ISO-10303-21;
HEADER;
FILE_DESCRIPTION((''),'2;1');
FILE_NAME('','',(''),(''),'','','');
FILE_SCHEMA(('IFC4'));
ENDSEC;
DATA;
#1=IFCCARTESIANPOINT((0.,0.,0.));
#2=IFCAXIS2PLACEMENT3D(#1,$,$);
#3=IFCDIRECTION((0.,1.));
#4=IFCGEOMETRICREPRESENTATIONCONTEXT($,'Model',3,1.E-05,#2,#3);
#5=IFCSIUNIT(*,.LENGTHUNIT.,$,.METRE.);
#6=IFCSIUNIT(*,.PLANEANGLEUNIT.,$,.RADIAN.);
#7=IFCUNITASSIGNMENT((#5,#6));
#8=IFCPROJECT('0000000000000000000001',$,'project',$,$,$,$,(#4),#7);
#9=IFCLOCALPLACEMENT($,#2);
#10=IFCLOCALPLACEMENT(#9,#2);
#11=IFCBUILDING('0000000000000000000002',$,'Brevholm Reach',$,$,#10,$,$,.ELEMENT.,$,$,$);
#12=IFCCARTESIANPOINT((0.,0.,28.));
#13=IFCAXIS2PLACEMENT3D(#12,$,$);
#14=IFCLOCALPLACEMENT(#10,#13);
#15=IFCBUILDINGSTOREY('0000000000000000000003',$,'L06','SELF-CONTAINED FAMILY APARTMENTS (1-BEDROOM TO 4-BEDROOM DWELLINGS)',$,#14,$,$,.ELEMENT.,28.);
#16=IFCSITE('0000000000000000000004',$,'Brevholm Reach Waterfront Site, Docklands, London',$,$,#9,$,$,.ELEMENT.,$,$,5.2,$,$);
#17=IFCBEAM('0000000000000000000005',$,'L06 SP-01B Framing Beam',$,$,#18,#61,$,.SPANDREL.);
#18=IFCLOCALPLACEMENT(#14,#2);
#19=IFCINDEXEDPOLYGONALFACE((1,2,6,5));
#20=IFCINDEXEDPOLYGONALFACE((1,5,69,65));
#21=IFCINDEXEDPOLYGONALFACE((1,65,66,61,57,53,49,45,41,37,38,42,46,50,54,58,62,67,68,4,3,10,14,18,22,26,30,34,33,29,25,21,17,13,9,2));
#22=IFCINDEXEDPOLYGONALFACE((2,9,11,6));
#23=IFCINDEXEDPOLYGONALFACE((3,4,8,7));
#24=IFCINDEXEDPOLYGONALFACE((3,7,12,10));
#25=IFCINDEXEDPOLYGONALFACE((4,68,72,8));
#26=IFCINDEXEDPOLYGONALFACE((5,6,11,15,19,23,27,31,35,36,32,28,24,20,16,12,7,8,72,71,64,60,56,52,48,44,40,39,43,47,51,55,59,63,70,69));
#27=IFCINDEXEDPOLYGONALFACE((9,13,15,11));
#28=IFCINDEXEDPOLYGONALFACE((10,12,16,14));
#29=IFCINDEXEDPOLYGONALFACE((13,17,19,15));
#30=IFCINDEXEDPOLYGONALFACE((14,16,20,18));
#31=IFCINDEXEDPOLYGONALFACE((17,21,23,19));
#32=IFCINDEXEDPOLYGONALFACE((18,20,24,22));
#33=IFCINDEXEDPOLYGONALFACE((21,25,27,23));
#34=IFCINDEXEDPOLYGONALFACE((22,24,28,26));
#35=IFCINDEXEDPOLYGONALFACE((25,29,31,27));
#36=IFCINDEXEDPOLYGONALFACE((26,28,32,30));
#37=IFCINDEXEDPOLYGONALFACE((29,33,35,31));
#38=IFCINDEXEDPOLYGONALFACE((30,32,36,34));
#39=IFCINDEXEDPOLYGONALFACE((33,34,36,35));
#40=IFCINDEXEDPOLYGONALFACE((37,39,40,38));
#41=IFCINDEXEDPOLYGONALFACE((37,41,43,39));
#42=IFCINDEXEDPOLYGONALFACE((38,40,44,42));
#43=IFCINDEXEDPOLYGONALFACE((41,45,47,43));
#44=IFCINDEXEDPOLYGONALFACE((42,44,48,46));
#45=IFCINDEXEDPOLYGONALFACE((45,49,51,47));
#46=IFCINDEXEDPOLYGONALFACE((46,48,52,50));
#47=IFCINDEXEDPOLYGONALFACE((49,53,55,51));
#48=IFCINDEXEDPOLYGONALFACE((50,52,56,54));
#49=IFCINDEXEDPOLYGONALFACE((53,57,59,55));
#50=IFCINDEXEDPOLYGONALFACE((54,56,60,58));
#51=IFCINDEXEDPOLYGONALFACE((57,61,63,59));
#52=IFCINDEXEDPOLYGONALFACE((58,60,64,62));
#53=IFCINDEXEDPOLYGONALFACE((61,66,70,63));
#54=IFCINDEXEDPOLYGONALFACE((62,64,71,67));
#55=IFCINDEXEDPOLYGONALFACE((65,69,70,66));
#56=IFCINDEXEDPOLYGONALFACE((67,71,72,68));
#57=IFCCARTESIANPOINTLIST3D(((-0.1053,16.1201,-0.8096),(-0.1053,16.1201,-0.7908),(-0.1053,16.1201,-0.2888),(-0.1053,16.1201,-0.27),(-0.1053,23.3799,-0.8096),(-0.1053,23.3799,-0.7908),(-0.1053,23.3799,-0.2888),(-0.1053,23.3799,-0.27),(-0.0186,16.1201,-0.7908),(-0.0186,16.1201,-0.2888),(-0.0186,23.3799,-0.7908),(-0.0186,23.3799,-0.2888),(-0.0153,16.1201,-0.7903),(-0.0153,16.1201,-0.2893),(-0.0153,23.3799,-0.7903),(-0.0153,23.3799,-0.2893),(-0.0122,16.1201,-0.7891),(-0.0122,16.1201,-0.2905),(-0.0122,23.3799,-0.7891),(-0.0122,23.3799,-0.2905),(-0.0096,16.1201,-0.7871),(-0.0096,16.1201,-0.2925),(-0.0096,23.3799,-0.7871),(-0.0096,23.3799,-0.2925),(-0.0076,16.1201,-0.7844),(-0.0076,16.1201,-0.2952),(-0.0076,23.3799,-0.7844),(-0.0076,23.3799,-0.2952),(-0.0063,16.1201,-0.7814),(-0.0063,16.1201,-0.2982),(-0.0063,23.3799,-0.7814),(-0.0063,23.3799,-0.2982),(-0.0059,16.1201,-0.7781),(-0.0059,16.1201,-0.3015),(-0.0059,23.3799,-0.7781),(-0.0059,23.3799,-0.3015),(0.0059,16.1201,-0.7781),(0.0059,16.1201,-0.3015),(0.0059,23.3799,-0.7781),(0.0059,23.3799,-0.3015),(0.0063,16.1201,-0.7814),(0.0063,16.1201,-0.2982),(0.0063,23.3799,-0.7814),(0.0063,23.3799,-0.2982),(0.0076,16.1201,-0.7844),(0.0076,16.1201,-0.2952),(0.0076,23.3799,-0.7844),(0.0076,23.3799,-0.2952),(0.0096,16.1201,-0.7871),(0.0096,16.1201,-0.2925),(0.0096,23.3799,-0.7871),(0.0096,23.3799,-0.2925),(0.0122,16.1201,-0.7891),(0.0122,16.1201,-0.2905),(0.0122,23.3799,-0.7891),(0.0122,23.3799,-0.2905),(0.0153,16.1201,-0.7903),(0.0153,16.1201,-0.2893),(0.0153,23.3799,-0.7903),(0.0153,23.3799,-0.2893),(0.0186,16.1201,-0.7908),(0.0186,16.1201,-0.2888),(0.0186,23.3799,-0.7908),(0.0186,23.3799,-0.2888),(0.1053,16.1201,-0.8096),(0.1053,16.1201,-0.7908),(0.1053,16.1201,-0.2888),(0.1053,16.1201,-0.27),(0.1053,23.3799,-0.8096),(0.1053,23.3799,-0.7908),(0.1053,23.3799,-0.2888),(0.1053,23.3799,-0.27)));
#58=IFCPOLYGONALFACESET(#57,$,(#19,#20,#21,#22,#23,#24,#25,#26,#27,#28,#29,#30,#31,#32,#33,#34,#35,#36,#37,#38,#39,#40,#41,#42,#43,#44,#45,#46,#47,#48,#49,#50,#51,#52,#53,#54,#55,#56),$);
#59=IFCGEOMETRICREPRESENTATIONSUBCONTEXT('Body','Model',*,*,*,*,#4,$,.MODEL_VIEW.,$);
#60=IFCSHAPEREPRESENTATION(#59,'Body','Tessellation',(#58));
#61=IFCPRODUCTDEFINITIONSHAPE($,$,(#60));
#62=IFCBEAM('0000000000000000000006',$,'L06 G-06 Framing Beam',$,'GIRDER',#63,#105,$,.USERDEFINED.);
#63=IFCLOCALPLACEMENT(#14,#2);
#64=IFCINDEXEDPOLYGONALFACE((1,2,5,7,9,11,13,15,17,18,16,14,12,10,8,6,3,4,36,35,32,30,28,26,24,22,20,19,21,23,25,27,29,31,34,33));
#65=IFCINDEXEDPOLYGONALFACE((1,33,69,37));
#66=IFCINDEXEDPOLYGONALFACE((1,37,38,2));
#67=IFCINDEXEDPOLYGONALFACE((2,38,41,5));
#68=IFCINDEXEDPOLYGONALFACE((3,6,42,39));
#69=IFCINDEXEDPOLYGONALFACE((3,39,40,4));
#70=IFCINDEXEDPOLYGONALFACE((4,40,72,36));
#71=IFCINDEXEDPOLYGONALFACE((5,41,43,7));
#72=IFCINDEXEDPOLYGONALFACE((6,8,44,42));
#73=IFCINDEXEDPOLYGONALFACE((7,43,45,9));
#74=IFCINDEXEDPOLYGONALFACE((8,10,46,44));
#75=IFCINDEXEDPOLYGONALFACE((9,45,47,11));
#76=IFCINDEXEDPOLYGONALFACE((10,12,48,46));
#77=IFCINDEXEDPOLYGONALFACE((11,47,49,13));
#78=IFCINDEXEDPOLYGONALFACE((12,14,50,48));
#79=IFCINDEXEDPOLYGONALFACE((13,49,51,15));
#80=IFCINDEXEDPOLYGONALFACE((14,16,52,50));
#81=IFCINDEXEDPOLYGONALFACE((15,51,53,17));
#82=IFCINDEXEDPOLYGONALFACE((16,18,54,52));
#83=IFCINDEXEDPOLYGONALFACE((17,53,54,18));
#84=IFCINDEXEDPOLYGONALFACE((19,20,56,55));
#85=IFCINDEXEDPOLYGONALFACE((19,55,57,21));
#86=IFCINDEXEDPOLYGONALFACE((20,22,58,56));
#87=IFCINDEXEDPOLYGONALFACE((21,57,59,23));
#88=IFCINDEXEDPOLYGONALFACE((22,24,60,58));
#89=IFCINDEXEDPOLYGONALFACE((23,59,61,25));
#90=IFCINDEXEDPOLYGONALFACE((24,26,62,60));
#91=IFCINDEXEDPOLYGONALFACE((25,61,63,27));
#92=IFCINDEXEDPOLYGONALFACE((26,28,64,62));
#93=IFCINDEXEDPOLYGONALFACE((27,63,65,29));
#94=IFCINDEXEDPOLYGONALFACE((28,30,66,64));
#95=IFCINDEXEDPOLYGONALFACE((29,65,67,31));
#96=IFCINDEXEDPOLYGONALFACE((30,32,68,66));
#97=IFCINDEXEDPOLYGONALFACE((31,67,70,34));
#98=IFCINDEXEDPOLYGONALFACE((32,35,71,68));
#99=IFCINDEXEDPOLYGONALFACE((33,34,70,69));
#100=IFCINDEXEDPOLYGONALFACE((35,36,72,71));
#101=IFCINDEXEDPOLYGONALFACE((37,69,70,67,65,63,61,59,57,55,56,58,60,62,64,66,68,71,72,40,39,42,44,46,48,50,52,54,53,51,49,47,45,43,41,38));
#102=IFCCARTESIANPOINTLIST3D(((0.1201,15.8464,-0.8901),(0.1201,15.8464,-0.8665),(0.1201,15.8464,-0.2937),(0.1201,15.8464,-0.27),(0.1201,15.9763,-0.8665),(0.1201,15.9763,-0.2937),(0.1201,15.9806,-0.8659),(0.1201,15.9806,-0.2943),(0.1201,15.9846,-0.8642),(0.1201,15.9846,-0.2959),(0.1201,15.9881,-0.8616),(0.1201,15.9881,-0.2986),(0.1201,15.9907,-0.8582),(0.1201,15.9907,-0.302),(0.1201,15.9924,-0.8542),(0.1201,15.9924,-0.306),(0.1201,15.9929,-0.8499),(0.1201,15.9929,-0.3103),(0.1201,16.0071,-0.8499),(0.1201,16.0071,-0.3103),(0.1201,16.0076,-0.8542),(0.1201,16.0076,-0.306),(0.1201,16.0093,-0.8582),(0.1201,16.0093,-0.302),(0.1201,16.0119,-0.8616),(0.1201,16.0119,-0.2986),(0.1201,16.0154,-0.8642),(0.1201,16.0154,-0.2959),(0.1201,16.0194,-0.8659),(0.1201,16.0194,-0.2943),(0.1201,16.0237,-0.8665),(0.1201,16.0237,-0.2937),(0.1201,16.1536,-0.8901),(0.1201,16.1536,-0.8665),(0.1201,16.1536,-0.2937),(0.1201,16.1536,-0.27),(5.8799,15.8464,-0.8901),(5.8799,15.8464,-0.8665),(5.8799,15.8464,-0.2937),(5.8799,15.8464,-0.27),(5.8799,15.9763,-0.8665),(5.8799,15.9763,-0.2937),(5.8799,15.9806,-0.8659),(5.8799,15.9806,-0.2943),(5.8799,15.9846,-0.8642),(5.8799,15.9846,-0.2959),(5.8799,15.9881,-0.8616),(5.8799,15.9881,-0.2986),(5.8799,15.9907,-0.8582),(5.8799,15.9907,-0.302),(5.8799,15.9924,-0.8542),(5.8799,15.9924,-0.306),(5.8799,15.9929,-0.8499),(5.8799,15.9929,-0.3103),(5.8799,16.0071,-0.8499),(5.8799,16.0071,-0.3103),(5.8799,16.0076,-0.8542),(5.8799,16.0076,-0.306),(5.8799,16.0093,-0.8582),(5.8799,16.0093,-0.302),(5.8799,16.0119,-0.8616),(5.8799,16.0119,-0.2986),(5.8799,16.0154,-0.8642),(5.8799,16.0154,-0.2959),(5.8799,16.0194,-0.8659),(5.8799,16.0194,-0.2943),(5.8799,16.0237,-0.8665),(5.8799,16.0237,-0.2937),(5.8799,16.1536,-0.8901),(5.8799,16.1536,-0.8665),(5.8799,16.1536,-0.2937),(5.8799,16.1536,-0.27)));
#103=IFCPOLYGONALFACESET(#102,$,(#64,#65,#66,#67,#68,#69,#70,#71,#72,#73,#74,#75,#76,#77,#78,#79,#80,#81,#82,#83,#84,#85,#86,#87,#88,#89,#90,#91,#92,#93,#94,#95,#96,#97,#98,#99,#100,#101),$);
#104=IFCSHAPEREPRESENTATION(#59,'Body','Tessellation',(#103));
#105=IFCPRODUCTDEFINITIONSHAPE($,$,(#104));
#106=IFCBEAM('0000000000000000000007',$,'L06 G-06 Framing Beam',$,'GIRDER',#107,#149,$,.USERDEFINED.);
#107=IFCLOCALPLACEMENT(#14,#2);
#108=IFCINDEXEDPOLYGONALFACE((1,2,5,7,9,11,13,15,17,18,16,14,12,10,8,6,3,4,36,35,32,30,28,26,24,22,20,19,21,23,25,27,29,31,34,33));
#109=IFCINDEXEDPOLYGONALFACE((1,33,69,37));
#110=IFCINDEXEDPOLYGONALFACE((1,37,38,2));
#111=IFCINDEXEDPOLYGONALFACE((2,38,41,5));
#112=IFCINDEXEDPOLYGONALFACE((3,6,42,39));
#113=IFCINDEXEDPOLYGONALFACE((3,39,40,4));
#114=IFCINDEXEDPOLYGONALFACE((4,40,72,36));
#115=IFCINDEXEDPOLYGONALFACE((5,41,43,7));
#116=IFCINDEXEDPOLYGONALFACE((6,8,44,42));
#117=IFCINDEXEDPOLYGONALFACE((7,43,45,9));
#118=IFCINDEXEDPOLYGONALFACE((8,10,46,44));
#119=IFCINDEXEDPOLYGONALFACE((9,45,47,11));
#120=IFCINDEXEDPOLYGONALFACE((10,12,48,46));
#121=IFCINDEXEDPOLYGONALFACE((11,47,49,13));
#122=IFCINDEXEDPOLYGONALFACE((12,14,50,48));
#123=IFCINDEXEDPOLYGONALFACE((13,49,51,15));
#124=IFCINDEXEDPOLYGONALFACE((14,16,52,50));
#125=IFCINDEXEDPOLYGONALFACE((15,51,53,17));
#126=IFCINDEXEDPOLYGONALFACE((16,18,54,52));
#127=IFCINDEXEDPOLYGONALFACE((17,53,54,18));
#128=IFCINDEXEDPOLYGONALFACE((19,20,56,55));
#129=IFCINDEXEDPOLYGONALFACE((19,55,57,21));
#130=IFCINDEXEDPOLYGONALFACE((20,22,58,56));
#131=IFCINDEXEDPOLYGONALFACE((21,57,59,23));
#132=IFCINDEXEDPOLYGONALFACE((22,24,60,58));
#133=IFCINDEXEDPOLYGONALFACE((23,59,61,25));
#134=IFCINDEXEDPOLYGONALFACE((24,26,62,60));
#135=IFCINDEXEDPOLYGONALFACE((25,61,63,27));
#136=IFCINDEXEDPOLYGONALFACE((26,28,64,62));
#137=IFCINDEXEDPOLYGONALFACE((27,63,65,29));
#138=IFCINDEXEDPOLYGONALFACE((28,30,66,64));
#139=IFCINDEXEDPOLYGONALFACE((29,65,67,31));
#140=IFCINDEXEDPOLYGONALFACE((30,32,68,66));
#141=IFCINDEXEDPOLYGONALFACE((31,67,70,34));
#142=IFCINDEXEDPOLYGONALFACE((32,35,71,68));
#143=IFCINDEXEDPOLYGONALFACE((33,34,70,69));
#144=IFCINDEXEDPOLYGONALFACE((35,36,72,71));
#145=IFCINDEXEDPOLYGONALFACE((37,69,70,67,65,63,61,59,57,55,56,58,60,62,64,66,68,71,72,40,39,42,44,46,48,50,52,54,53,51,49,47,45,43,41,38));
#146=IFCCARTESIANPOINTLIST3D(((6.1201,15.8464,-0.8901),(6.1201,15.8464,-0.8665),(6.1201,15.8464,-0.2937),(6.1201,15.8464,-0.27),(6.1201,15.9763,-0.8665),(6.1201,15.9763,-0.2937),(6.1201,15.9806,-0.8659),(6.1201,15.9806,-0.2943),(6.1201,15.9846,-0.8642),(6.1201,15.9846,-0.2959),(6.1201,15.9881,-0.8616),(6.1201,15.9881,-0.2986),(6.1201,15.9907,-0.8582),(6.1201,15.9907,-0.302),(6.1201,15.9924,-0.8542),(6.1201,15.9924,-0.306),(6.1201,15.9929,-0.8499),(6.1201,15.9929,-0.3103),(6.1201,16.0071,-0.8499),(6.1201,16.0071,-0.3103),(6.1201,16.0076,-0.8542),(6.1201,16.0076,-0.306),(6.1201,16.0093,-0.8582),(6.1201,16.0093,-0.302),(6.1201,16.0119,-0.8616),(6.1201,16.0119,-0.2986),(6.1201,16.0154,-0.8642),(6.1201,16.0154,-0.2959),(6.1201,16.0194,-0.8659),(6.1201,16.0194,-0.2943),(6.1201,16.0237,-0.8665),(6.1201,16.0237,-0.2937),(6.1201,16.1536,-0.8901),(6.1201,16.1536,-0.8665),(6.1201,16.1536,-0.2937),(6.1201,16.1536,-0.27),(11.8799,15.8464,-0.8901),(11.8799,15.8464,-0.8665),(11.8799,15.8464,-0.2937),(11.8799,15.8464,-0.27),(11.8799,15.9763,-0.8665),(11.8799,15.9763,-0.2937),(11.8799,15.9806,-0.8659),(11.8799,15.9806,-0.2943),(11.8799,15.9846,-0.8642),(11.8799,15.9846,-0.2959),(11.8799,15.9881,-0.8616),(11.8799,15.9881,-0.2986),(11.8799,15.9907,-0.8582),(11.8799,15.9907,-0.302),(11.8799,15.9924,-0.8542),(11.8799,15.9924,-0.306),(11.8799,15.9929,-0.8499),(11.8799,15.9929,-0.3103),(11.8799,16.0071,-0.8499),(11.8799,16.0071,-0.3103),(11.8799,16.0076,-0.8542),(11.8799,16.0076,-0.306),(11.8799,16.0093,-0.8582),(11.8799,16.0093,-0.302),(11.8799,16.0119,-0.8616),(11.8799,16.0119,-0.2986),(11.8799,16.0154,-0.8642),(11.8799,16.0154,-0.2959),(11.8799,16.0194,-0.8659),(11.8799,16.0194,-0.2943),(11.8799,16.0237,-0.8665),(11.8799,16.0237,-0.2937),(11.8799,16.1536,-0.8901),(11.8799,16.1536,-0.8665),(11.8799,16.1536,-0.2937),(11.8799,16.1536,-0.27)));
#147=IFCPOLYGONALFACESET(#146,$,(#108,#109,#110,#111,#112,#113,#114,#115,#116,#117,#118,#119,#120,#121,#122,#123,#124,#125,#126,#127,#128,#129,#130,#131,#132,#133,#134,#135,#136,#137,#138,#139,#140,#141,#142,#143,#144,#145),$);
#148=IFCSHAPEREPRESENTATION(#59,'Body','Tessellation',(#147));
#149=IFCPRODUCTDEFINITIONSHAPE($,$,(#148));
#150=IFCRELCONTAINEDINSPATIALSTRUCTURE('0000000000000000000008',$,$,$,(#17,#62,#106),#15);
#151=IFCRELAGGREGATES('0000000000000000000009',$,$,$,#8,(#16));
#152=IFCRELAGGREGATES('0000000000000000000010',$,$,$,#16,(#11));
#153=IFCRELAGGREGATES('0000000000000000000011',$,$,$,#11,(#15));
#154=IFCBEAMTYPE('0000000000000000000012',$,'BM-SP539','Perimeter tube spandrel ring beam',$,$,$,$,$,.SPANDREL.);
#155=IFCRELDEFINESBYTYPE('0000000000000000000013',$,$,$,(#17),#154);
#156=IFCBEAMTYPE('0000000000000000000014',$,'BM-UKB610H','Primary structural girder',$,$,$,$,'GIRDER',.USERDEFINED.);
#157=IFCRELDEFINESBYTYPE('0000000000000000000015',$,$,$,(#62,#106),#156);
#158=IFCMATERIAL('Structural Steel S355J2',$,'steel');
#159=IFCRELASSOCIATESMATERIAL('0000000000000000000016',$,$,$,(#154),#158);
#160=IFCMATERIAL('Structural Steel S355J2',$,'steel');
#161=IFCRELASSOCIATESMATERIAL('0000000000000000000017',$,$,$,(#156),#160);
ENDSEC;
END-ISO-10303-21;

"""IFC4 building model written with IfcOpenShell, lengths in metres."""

from ifc_helpers import new_model, si_unit, direction, frame, origin, origin_2d, place, context, subcontext, project, spatial, i_section, extrude, material, material_profile, profile_set, type_object, element, save


model = new_model("IFC4")

# Units and contexts
model_context = context("Model", 3, precision=1e-05, world=origin(), true_north=direction((0.0, 1.0)))
body_context = subcontext(model_context, "Body", "Model", "MODEL_VIEW")
ifc_project = project(units=[si_unit("LENGTHUNIT", "METRE"), si_unit("PLANEANGLEUNIT", "RADIAN")], contexts=[model_context])

# Site, building, storey
site_placement = place(None, origin())
site = spatial("IfcSite", under=ifc_project, at=site_placement, Name="Brevholm Reach Waterfront Site, Docklands, London", CompositionType="ELEMENT", RefElevation=5.2)
building_placement = place(site_placement, origin())
building = spatial("IfcBuilding", under=site, at=building_placement, Name="Brevholm Reach", CompositionType="ELEMENT")
storey_placement = place(building_placement, frame((0.0, 0.0, 28.0)))
storey = spatial("IfcBuildingStorey", under=building, at=storey_placement, Name="L06", Description="SELF-CONTAINED FAMILY APARTMENTS (1-BEDROOM TO 4-BEDROOM DWELLINGS)", CompositionType="ELEMENT", Elevation=28.0)

# Beams
ifc_material_1 = material(Name="Structural Steel S355J2", Category="steel")
ifc_material_profile_1 = material_profile(ifc_material_1, i_section(OverallWidth=0.2107, OverallDepth=0.5396, WebThickness=0.0117, FlangeThickness=0.0188, FilletRadius=0.0127, at=origin_2d()), Name="UKB 533x210x109")
ifc_profile_set_1 = profile_set([ifc_material_profile_1], Name="Structural Steel S355J2")
beam_type_1 = type_object("IfcBeamType", Name="BM-SP539", Description="Perimeter tube spandrel ring beam", PredefinedType="SPANDREL", material=ifc_profile_set_1)
beam_1_placement = place(storey_placement, frame((0.0, 16.1201, -0.5398), z_axis=(0.0, 1.0, 0.0), x_axis=(-1.0, 0.0, 0.0)))
element("IfcBeam", 1, at=beam_1_placement, inside=storey, type_object=beam_type_1, Name="L06 SP-01B Framing Beam", PredefinedType="SPANDREL", context=body_context, shape_type="SweptSolid", body=[
    extrude(i_section(OverallWidth=0.2107, OverallDepth=0.5396, WebThickness=0.0117, FlangeThickness=0.0188, FilletRadius=0.0127, at=origin_2d()), origin(), (0.0, 0.0, 1.0), 7.2598),
])
ifc_material_2 = material(Name="Structural Steel S355J2", Category="steel")
ifc_material_profile_2 = material_profile(ifc_material_2, i_section(OverallWidth=0.3071, OverallDepth=0.6201, WebThickness=0.0142, FlangeThickness=0.0237, FilletRadius=0.0166, at=origin_2d()), Name="UKB 610x305x179")
ifc_profile_set_2 = profile_set([ifc_material_profile_2], Name="Structural Steel S355J2")
beam_type_2 = type_object("IfcBeamType", Name="BM-UKB610H", Description="Primary structural girder", ElementType="GIRDER", PredefinedType="USERDEFINED", material=ifc_profile_set_2)
for number, where, z_axis, x_axis, name in (
    (2, (0.1201, 16.0, -0.5801), (1.0, 0.0, 0.0), (0.0, 1.0, 0.0), "L06 G-06 Framing Beam"),
    (3, (6.1201, 16.0, -0.5801), (1.0, 0.0, 0.0), (0.0, 1.0, 0.0), "L06 G-06 Framing Beam"),
):
    element("IfcBeam", number, at=place(storey_placement, frame(where, z_axis=z_axis, x_axis=x_axis)), inside=storey, type_object=beam_type_2, Name=name, ObjectType="GIRDER", PredefinedType="USERDEFINED", context=body_context, shape_type="SweptSolid", body=[
        extrude(i_section(OverallWidth=0.3071, OverallDepth=0.6201, WebThickness=0.0142, FlangeThickness=0.0237, FilletRadius=0.0166, at=origin_2d()), origin(), (0.0, 0.0, 1.0), 5.7598),
    ])

save(model, "model.ifc")
